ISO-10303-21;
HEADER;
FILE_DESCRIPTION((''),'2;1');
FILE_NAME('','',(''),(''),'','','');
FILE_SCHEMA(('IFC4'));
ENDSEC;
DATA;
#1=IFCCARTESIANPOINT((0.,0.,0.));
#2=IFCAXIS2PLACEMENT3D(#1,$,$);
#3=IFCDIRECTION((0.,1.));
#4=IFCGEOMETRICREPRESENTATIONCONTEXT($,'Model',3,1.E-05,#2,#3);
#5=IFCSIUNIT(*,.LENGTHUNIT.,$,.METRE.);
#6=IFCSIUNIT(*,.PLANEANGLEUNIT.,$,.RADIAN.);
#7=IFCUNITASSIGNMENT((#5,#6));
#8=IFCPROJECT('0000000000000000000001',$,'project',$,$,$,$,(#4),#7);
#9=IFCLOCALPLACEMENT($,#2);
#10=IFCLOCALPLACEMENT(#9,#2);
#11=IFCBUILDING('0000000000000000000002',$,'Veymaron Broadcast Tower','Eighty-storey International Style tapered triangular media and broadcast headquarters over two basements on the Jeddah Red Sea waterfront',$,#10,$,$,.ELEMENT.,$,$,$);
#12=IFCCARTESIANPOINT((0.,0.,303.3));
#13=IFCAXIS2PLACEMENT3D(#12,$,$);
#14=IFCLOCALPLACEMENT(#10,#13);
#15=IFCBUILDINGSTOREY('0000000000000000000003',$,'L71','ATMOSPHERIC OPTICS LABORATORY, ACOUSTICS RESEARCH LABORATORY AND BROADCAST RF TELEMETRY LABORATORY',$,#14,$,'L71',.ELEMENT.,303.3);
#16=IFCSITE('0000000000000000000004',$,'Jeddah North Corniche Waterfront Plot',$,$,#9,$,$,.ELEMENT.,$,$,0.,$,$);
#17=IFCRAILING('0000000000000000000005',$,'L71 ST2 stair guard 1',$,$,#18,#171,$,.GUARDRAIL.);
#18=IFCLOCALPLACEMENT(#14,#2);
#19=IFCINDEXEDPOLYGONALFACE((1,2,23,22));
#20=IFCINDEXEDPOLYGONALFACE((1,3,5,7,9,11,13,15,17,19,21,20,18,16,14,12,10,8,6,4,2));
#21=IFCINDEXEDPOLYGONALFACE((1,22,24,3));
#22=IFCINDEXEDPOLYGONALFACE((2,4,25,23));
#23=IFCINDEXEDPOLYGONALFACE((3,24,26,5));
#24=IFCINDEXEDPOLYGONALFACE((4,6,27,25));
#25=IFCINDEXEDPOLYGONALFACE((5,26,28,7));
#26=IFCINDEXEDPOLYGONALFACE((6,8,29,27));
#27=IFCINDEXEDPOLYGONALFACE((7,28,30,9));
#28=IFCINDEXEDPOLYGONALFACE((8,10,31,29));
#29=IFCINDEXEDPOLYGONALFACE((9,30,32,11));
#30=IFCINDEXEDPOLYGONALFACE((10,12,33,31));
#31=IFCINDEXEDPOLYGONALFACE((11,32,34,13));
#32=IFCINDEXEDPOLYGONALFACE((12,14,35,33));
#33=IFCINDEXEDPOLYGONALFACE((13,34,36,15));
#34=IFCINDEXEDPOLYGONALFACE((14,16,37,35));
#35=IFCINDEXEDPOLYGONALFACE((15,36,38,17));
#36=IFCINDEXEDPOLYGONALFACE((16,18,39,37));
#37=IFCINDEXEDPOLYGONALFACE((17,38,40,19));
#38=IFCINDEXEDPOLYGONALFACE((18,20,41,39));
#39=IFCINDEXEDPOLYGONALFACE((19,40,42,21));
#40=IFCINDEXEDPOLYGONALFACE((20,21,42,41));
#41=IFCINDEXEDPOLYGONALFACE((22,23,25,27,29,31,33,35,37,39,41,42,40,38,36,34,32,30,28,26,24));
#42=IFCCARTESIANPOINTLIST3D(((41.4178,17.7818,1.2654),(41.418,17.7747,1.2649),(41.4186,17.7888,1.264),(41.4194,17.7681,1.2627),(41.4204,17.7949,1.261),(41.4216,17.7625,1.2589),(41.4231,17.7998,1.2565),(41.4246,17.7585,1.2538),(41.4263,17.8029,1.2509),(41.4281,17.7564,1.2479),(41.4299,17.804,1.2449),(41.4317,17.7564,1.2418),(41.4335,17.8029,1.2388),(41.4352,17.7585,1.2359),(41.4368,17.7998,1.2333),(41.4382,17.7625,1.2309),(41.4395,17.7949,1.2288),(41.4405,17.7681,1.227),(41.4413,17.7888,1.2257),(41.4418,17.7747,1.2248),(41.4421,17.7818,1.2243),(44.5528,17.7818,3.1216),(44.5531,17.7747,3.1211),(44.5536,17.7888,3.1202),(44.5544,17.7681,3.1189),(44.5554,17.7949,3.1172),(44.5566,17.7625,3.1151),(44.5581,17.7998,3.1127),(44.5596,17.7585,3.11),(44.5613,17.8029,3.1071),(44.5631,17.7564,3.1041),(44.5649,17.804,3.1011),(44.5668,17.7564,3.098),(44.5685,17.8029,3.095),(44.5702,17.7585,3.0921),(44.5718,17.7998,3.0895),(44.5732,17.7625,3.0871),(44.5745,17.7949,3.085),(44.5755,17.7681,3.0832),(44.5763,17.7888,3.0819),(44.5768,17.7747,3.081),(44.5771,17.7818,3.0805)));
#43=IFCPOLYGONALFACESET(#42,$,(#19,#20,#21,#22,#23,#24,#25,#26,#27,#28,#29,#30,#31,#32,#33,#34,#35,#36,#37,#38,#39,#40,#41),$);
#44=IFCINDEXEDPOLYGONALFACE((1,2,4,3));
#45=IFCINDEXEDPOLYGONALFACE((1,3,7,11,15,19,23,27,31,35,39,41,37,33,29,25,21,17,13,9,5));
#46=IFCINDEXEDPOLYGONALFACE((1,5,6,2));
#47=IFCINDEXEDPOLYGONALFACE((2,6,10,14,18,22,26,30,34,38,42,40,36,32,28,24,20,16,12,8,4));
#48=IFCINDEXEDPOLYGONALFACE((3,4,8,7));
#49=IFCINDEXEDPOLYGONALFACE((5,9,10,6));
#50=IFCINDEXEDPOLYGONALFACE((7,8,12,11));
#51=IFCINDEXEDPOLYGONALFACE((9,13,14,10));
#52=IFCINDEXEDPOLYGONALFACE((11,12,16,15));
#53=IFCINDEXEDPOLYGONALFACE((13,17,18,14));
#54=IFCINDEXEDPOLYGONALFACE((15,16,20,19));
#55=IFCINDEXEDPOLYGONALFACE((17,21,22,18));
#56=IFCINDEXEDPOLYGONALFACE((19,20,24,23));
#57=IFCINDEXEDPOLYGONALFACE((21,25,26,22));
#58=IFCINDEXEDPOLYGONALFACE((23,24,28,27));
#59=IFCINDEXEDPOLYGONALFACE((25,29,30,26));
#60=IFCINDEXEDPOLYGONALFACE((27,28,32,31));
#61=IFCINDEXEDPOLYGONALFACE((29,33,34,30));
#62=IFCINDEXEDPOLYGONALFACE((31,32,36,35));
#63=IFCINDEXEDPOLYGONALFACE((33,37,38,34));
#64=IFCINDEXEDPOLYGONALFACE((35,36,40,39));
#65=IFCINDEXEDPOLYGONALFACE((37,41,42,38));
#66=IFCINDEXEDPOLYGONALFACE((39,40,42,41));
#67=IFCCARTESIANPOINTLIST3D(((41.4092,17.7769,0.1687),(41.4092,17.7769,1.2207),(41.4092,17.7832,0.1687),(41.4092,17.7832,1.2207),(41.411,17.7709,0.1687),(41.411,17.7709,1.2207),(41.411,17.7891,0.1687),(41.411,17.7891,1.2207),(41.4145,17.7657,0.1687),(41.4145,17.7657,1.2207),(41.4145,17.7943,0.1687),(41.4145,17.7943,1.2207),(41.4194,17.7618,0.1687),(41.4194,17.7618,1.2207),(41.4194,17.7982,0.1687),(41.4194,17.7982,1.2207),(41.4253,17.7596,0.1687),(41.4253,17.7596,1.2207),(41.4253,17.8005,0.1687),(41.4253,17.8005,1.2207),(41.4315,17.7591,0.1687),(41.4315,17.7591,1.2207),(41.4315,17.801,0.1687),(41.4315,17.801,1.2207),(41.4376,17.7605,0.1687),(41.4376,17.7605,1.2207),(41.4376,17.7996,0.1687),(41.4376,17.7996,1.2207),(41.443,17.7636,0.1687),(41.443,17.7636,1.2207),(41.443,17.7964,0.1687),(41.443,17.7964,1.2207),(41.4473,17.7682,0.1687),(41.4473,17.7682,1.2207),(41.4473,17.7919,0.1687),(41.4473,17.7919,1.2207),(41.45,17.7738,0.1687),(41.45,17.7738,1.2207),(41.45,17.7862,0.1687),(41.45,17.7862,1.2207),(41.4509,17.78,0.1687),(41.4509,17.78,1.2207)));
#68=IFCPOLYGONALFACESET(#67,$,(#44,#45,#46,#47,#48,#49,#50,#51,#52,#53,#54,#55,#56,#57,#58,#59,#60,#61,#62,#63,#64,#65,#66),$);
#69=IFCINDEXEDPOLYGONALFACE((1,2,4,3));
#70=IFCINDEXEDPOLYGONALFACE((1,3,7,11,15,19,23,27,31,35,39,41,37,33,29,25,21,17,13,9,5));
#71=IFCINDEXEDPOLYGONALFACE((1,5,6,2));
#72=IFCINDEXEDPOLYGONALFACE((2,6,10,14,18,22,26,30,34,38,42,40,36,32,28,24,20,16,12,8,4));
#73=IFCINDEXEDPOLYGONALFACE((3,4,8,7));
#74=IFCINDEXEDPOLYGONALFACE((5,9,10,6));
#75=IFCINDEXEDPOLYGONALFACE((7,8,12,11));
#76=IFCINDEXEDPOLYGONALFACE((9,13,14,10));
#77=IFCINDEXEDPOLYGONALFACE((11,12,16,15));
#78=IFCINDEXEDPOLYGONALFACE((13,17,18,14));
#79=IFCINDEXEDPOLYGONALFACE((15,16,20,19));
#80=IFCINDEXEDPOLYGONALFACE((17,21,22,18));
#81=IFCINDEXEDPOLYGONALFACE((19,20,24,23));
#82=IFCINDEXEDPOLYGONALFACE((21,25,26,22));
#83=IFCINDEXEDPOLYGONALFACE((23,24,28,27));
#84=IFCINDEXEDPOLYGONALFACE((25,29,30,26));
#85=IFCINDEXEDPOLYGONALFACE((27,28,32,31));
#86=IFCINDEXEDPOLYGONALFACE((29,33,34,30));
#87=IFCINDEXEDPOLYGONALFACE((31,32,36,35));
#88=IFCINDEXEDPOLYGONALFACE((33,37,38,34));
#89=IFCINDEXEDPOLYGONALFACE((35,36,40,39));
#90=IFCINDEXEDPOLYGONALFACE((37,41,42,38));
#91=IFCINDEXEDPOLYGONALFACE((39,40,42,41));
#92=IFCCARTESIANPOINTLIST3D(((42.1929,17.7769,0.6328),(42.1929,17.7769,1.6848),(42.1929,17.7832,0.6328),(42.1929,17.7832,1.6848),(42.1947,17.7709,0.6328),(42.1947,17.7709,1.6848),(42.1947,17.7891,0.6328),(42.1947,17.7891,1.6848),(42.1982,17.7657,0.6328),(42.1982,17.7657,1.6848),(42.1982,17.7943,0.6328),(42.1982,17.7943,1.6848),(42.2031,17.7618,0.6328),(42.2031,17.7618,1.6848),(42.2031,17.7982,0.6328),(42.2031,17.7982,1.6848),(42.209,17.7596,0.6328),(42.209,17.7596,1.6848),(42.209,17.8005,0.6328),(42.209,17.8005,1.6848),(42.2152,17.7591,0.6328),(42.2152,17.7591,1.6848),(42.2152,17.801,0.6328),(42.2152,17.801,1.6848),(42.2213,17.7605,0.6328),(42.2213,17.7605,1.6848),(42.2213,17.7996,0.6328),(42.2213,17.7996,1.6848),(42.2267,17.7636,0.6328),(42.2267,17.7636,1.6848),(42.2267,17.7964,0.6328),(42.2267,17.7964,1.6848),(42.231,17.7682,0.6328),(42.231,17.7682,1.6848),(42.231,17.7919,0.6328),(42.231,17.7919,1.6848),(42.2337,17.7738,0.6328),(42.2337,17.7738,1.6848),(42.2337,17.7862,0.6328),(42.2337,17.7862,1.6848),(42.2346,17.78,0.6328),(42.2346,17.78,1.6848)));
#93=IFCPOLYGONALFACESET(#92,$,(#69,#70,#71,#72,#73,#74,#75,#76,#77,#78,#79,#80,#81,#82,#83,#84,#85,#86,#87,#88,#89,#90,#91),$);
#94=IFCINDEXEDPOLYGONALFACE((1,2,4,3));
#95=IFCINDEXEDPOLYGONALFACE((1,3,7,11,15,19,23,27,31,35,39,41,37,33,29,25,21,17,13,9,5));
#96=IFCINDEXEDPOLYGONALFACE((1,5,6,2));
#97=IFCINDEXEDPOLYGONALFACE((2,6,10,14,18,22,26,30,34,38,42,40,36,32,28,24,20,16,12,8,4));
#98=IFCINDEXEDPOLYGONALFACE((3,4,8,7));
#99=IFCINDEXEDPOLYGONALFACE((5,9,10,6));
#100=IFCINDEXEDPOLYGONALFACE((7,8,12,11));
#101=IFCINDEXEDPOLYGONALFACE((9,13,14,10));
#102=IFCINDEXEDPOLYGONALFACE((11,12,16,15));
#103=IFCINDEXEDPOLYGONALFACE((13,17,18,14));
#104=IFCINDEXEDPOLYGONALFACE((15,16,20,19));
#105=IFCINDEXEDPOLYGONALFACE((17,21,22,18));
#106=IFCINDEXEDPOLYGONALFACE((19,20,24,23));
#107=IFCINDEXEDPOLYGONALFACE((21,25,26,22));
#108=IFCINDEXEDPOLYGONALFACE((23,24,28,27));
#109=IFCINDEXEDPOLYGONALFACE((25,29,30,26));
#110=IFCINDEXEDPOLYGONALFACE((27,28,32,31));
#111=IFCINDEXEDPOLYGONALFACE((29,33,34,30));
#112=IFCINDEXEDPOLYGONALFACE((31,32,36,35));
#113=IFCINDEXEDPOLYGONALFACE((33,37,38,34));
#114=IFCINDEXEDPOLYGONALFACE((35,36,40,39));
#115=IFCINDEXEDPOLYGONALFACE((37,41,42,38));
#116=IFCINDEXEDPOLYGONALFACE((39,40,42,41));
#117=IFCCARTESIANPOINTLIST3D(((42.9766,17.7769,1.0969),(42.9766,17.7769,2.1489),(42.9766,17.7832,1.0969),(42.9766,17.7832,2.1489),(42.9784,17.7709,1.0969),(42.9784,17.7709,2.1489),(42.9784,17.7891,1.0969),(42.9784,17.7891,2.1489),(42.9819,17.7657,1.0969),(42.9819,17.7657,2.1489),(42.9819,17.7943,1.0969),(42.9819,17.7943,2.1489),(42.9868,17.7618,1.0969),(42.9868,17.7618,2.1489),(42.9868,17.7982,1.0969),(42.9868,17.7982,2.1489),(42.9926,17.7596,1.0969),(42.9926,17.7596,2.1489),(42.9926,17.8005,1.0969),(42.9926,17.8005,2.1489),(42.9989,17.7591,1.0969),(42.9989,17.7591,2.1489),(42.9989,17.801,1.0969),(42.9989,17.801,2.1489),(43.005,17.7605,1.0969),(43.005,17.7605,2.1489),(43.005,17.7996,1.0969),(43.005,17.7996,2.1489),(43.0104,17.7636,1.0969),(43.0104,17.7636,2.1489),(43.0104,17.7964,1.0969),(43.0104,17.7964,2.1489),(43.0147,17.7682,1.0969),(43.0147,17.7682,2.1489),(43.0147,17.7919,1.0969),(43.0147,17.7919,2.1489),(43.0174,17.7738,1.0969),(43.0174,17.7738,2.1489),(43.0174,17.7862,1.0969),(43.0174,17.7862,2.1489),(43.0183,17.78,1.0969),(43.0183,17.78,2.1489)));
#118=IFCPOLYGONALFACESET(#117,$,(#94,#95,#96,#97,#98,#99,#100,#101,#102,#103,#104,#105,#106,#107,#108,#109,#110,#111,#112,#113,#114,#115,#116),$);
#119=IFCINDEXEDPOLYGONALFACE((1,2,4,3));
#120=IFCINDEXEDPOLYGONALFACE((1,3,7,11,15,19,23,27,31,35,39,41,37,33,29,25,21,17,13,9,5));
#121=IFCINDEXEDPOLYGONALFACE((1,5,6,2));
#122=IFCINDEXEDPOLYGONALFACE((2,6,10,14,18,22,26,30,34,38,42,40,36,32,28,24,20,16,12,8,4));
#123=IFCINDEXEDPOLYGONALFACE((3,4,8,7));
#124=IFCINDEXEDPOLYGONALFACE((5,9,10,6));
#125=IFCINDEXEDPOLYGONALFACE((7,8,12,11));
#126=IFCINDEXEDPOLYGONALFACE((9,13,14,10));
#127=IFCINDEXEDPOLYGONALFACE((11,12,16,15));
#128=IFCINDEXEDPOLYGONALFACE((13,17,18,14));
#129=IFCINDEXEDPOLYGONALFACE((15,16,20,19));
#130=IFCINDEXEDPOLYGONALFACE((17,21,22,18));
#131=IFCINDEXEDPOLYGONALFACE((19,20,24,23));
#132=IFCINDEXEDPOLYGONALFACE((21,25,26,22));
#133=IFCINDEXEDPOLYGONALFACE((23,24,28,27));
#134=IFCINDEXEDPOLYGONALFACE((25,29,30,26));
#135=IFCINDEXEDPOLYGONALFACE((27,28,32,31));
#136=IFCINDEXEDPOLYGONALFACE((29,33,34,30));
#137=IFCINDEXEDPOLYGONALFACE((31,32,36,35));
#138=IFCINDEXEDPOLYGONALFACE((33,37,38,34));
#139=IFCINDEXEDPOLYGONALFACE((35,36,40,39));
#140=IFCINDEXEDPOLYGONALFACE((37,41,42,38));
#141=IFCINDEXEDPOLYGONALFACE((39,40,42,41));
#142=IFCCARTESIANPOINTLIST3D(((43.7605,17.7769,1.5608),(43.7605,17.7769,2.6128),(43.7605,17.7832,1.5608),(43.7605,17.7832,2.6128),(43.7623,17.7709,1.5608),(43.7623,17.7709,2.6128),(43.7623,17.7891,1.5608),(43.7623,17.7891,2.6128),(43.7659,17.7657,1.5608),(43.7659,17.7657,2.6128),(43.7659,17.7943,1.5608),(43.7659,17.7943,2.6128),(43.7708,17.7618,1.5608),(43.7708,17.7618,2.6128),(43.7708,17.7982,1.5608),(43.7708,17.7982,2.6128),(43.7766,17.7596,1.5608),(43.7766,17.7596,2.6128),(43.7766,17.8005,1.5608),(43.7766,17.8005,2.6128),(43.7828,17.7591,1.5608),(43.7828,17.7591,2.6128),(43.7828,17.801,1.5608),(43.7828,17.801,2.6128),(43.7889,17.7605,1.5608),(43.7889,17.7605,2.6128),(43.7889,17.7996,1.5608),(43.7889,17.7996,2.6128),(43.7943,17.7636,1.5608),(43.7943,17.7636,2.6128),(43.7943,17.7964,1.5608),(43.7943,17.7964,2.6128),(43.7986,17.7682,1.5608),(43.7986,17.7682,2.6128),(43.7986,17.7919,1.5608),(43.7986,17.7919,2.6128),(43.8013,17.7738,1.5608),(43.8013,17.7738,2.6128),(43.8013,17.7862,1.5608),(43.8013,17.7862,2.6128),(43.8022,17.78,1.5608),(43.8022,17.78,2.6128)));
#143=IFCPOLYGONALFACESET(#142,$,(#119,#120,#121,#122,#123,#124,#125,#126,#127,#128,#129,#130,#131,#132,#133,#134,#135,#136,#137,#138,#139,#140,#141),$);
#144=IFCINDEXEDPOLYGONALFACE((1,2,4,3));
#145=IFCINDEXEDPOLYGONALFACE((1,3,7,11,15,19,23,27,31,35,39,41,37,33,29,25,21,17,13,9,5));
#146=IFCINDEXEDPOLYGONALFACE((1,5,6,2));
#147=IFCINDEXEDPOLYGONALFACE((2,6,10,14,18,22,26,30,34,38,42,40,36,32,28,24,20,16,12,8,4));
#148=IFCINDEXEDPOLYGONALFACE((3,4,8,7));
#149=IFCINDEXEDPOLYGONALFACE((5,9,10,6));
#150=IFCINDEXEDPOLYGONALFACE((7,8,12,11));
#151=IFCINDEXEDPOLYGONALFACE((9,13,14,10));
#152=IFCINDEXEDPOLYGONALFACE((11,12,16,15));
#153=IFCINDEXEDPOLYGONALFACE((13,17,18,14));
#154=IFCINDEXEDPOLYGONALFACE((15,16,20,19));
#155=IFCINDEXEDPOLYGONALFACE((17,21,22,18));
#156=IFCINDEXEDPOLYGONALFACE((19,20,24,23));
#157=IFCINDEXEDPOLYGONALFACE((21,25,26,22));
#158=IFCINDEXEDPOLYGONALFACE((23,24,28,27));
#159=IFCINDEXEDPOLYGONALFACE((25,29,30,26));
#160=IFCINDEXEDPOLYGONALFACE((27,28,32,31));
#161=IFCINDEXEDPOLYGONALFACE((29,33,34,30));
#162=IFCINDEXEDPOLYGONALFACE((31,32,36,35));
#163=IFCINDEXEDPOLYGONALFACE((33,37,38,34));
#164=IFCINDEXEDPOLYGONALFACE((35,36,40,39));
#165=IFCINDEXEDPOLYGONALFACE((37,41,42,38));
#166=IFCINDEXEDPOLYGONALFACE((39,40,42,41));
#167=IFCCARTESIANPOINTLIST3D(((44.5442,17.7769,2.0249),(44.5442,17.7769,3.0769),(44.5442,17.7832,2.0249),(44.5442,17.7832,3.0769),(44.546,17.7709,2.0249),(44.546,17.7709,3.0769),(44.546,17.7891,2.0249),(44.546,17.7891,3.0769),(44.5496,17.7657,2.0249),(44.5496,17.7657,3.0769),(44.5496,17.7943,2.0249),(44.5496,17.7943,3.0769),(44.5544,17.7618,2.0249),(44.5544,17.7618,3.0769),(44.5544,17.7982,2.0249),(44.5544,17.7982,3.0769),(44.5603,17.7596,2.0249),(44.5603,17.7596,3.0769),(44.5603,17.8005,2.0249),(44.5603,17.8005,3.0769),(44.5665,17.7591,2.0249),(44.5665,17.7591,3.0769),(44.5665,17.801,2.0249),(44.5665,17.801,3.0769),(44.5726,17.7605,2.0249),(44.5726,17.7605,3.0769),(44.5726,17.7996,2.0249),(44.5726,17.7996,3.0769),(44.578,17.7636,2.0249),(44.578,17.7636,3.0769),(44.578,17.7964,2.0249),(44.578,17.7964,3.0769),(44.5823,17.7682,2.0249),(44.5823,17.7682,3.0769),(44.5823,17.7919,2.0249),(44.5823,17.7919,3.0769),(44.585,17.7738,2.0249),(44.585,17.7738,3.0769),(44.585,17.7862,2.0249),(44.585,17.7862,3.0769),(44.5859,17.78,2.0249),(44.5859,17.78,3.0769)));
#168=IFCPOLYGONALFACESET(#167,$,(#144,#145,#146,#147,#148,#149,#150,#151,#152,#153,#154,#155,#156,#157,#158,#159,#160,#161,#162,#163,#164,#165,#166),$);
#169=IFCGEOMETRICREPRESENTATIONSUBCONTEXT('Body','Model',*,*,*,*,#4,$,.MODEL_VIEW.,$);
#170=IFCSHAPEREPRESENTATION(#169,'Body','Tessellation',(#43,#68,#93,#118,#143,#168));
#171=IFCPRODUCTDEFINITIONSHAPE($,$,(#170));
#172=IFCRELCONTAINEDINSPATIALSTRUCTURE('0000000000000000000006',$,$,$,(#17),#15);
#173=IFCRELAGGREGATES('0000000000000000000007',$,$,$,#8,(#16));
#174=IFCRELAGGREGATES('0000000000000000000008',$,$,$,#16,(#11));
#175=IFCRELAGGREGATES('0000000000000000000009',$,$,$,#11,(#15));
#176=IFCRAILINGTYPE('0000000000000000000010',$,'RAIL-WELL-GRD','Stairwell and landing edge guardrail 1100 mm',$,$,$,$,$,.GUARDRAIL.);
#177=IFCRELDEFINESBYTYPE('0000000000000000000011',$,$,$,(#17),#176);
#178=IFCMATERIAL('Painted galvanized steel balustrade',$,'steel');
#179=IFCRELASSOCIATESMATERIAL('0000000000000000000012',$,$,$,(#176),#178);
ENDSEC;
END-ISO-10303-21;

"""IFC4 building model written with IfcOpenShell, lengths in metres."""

from ifc_helpers import new_model, si_unit, direction, frame, origin, origin_2d, place, context, subcontext, project, spatial, circle, extrude, material, type_object, element, save


model = new_model("IFC4")

# Units and contexts
model_context = context("Model", 3, precision=1e-05, world=origin(), true_north=direction((0.0, 1.0)))
body_context = subcontext(model_context, "Body", "Model", "MODEL_VIEW")
ifc_project = project(units=[si_unit("LENGTHUNIT", "METRE"), si_unit("PLANEANGLEUNIT", "RADIAN")], contexts=[model_context])

# Site, building, storey
site_placement = place(None, origin())
site = spatial("IfcSite", under=ifc_project, at=site_placement, Name="Jeddah North Corniche Waterfront Plot", CompositionType="ELEMENT", RefElevation=0.0)
building_placement = place(site_placement, origin())
building = spatial("IfcBuilding", under=site, at=building_placement, Name="Veymaron Broadcast Tower", Description="Eighty-storey International Style tapered triangular media and broadcast headquarters over two basements on the Jeddah Red Sea waterfront", CompositionType="ELEMENT")
storey_placement = place(building_placement, frame((0.0, 0.0, 303.3)))
storey = spatial("IfcBuildingStorey", under=building, at=storey_placement, Name="L71", Description="ATMOSPHERIC OPTICS LABORATORY, ACOUSTICS RESEARCH LABORATORY AND BROADCAST RF TELEMETRY LABORATORY", LongName="L71", CompositionType="ELEMENT", Elevation=303.3)

# Railing
ifc_material_1 = material(Name="Painted galvanized steel balustrade", Category="steel")
railing_type_1 = type_object("IfcRailingType", Name="RAIL-WELL-GRD", Description="Stairwell and landing edge guardrail 1100 mm", PredefinedType="GUARDRAIL", material=ifc_material_1)
railing_1_placement = place(storey_placement, frame((41.4299, 17.78, 0.1687)))
element("IfcRailing", 1, at=railing_1_placement, inside=storey, type_object=railing_type_1, Name="L71 ST2 stair guard 1", PredefinedType="GUARDRAIL", context=body_context, shape_type="SweptSolid", body=[
    extrude(circle(Radius=0.0239, at=origin_2d()), frame((0.0, 0.0, 1.0762), z_axis=(0.860482, 0.0, 0.509481), x_axis=(0.0, 1.0, 0.0)), (0.0, 0.0, 1.0), 3.6433),
    extrude(circle(Radius=0.021, at=origin_2d()), origin(), (0.0, 0.0, 1.0), 1.052),
    extrude(circle(Radius=0.021, at=origin_2d()), frame((0.7837, 0.0, 0.4641)), (0.0, 0.0, 1.0), 1.052),
    extrude(circle(Radius=0.021, at=origin_2d()), frame((1.5674, 0.0, 0.9282)), (0.0, 0.0, 1.0), 1.052),
    extrude(circle(Radius=0.021, at=origin_2d()), frame((2.3513, 0.0, 1.3921)), (0.0, 0.0, 1.0), 1.052),
    extrude(circle(Radius=0.021, at=origin_2d()), frame((3.135, 0.0, 1.8562)), (0.0, 0.0, 1.0), 1.052),
])

save(model, "model.ifc")
